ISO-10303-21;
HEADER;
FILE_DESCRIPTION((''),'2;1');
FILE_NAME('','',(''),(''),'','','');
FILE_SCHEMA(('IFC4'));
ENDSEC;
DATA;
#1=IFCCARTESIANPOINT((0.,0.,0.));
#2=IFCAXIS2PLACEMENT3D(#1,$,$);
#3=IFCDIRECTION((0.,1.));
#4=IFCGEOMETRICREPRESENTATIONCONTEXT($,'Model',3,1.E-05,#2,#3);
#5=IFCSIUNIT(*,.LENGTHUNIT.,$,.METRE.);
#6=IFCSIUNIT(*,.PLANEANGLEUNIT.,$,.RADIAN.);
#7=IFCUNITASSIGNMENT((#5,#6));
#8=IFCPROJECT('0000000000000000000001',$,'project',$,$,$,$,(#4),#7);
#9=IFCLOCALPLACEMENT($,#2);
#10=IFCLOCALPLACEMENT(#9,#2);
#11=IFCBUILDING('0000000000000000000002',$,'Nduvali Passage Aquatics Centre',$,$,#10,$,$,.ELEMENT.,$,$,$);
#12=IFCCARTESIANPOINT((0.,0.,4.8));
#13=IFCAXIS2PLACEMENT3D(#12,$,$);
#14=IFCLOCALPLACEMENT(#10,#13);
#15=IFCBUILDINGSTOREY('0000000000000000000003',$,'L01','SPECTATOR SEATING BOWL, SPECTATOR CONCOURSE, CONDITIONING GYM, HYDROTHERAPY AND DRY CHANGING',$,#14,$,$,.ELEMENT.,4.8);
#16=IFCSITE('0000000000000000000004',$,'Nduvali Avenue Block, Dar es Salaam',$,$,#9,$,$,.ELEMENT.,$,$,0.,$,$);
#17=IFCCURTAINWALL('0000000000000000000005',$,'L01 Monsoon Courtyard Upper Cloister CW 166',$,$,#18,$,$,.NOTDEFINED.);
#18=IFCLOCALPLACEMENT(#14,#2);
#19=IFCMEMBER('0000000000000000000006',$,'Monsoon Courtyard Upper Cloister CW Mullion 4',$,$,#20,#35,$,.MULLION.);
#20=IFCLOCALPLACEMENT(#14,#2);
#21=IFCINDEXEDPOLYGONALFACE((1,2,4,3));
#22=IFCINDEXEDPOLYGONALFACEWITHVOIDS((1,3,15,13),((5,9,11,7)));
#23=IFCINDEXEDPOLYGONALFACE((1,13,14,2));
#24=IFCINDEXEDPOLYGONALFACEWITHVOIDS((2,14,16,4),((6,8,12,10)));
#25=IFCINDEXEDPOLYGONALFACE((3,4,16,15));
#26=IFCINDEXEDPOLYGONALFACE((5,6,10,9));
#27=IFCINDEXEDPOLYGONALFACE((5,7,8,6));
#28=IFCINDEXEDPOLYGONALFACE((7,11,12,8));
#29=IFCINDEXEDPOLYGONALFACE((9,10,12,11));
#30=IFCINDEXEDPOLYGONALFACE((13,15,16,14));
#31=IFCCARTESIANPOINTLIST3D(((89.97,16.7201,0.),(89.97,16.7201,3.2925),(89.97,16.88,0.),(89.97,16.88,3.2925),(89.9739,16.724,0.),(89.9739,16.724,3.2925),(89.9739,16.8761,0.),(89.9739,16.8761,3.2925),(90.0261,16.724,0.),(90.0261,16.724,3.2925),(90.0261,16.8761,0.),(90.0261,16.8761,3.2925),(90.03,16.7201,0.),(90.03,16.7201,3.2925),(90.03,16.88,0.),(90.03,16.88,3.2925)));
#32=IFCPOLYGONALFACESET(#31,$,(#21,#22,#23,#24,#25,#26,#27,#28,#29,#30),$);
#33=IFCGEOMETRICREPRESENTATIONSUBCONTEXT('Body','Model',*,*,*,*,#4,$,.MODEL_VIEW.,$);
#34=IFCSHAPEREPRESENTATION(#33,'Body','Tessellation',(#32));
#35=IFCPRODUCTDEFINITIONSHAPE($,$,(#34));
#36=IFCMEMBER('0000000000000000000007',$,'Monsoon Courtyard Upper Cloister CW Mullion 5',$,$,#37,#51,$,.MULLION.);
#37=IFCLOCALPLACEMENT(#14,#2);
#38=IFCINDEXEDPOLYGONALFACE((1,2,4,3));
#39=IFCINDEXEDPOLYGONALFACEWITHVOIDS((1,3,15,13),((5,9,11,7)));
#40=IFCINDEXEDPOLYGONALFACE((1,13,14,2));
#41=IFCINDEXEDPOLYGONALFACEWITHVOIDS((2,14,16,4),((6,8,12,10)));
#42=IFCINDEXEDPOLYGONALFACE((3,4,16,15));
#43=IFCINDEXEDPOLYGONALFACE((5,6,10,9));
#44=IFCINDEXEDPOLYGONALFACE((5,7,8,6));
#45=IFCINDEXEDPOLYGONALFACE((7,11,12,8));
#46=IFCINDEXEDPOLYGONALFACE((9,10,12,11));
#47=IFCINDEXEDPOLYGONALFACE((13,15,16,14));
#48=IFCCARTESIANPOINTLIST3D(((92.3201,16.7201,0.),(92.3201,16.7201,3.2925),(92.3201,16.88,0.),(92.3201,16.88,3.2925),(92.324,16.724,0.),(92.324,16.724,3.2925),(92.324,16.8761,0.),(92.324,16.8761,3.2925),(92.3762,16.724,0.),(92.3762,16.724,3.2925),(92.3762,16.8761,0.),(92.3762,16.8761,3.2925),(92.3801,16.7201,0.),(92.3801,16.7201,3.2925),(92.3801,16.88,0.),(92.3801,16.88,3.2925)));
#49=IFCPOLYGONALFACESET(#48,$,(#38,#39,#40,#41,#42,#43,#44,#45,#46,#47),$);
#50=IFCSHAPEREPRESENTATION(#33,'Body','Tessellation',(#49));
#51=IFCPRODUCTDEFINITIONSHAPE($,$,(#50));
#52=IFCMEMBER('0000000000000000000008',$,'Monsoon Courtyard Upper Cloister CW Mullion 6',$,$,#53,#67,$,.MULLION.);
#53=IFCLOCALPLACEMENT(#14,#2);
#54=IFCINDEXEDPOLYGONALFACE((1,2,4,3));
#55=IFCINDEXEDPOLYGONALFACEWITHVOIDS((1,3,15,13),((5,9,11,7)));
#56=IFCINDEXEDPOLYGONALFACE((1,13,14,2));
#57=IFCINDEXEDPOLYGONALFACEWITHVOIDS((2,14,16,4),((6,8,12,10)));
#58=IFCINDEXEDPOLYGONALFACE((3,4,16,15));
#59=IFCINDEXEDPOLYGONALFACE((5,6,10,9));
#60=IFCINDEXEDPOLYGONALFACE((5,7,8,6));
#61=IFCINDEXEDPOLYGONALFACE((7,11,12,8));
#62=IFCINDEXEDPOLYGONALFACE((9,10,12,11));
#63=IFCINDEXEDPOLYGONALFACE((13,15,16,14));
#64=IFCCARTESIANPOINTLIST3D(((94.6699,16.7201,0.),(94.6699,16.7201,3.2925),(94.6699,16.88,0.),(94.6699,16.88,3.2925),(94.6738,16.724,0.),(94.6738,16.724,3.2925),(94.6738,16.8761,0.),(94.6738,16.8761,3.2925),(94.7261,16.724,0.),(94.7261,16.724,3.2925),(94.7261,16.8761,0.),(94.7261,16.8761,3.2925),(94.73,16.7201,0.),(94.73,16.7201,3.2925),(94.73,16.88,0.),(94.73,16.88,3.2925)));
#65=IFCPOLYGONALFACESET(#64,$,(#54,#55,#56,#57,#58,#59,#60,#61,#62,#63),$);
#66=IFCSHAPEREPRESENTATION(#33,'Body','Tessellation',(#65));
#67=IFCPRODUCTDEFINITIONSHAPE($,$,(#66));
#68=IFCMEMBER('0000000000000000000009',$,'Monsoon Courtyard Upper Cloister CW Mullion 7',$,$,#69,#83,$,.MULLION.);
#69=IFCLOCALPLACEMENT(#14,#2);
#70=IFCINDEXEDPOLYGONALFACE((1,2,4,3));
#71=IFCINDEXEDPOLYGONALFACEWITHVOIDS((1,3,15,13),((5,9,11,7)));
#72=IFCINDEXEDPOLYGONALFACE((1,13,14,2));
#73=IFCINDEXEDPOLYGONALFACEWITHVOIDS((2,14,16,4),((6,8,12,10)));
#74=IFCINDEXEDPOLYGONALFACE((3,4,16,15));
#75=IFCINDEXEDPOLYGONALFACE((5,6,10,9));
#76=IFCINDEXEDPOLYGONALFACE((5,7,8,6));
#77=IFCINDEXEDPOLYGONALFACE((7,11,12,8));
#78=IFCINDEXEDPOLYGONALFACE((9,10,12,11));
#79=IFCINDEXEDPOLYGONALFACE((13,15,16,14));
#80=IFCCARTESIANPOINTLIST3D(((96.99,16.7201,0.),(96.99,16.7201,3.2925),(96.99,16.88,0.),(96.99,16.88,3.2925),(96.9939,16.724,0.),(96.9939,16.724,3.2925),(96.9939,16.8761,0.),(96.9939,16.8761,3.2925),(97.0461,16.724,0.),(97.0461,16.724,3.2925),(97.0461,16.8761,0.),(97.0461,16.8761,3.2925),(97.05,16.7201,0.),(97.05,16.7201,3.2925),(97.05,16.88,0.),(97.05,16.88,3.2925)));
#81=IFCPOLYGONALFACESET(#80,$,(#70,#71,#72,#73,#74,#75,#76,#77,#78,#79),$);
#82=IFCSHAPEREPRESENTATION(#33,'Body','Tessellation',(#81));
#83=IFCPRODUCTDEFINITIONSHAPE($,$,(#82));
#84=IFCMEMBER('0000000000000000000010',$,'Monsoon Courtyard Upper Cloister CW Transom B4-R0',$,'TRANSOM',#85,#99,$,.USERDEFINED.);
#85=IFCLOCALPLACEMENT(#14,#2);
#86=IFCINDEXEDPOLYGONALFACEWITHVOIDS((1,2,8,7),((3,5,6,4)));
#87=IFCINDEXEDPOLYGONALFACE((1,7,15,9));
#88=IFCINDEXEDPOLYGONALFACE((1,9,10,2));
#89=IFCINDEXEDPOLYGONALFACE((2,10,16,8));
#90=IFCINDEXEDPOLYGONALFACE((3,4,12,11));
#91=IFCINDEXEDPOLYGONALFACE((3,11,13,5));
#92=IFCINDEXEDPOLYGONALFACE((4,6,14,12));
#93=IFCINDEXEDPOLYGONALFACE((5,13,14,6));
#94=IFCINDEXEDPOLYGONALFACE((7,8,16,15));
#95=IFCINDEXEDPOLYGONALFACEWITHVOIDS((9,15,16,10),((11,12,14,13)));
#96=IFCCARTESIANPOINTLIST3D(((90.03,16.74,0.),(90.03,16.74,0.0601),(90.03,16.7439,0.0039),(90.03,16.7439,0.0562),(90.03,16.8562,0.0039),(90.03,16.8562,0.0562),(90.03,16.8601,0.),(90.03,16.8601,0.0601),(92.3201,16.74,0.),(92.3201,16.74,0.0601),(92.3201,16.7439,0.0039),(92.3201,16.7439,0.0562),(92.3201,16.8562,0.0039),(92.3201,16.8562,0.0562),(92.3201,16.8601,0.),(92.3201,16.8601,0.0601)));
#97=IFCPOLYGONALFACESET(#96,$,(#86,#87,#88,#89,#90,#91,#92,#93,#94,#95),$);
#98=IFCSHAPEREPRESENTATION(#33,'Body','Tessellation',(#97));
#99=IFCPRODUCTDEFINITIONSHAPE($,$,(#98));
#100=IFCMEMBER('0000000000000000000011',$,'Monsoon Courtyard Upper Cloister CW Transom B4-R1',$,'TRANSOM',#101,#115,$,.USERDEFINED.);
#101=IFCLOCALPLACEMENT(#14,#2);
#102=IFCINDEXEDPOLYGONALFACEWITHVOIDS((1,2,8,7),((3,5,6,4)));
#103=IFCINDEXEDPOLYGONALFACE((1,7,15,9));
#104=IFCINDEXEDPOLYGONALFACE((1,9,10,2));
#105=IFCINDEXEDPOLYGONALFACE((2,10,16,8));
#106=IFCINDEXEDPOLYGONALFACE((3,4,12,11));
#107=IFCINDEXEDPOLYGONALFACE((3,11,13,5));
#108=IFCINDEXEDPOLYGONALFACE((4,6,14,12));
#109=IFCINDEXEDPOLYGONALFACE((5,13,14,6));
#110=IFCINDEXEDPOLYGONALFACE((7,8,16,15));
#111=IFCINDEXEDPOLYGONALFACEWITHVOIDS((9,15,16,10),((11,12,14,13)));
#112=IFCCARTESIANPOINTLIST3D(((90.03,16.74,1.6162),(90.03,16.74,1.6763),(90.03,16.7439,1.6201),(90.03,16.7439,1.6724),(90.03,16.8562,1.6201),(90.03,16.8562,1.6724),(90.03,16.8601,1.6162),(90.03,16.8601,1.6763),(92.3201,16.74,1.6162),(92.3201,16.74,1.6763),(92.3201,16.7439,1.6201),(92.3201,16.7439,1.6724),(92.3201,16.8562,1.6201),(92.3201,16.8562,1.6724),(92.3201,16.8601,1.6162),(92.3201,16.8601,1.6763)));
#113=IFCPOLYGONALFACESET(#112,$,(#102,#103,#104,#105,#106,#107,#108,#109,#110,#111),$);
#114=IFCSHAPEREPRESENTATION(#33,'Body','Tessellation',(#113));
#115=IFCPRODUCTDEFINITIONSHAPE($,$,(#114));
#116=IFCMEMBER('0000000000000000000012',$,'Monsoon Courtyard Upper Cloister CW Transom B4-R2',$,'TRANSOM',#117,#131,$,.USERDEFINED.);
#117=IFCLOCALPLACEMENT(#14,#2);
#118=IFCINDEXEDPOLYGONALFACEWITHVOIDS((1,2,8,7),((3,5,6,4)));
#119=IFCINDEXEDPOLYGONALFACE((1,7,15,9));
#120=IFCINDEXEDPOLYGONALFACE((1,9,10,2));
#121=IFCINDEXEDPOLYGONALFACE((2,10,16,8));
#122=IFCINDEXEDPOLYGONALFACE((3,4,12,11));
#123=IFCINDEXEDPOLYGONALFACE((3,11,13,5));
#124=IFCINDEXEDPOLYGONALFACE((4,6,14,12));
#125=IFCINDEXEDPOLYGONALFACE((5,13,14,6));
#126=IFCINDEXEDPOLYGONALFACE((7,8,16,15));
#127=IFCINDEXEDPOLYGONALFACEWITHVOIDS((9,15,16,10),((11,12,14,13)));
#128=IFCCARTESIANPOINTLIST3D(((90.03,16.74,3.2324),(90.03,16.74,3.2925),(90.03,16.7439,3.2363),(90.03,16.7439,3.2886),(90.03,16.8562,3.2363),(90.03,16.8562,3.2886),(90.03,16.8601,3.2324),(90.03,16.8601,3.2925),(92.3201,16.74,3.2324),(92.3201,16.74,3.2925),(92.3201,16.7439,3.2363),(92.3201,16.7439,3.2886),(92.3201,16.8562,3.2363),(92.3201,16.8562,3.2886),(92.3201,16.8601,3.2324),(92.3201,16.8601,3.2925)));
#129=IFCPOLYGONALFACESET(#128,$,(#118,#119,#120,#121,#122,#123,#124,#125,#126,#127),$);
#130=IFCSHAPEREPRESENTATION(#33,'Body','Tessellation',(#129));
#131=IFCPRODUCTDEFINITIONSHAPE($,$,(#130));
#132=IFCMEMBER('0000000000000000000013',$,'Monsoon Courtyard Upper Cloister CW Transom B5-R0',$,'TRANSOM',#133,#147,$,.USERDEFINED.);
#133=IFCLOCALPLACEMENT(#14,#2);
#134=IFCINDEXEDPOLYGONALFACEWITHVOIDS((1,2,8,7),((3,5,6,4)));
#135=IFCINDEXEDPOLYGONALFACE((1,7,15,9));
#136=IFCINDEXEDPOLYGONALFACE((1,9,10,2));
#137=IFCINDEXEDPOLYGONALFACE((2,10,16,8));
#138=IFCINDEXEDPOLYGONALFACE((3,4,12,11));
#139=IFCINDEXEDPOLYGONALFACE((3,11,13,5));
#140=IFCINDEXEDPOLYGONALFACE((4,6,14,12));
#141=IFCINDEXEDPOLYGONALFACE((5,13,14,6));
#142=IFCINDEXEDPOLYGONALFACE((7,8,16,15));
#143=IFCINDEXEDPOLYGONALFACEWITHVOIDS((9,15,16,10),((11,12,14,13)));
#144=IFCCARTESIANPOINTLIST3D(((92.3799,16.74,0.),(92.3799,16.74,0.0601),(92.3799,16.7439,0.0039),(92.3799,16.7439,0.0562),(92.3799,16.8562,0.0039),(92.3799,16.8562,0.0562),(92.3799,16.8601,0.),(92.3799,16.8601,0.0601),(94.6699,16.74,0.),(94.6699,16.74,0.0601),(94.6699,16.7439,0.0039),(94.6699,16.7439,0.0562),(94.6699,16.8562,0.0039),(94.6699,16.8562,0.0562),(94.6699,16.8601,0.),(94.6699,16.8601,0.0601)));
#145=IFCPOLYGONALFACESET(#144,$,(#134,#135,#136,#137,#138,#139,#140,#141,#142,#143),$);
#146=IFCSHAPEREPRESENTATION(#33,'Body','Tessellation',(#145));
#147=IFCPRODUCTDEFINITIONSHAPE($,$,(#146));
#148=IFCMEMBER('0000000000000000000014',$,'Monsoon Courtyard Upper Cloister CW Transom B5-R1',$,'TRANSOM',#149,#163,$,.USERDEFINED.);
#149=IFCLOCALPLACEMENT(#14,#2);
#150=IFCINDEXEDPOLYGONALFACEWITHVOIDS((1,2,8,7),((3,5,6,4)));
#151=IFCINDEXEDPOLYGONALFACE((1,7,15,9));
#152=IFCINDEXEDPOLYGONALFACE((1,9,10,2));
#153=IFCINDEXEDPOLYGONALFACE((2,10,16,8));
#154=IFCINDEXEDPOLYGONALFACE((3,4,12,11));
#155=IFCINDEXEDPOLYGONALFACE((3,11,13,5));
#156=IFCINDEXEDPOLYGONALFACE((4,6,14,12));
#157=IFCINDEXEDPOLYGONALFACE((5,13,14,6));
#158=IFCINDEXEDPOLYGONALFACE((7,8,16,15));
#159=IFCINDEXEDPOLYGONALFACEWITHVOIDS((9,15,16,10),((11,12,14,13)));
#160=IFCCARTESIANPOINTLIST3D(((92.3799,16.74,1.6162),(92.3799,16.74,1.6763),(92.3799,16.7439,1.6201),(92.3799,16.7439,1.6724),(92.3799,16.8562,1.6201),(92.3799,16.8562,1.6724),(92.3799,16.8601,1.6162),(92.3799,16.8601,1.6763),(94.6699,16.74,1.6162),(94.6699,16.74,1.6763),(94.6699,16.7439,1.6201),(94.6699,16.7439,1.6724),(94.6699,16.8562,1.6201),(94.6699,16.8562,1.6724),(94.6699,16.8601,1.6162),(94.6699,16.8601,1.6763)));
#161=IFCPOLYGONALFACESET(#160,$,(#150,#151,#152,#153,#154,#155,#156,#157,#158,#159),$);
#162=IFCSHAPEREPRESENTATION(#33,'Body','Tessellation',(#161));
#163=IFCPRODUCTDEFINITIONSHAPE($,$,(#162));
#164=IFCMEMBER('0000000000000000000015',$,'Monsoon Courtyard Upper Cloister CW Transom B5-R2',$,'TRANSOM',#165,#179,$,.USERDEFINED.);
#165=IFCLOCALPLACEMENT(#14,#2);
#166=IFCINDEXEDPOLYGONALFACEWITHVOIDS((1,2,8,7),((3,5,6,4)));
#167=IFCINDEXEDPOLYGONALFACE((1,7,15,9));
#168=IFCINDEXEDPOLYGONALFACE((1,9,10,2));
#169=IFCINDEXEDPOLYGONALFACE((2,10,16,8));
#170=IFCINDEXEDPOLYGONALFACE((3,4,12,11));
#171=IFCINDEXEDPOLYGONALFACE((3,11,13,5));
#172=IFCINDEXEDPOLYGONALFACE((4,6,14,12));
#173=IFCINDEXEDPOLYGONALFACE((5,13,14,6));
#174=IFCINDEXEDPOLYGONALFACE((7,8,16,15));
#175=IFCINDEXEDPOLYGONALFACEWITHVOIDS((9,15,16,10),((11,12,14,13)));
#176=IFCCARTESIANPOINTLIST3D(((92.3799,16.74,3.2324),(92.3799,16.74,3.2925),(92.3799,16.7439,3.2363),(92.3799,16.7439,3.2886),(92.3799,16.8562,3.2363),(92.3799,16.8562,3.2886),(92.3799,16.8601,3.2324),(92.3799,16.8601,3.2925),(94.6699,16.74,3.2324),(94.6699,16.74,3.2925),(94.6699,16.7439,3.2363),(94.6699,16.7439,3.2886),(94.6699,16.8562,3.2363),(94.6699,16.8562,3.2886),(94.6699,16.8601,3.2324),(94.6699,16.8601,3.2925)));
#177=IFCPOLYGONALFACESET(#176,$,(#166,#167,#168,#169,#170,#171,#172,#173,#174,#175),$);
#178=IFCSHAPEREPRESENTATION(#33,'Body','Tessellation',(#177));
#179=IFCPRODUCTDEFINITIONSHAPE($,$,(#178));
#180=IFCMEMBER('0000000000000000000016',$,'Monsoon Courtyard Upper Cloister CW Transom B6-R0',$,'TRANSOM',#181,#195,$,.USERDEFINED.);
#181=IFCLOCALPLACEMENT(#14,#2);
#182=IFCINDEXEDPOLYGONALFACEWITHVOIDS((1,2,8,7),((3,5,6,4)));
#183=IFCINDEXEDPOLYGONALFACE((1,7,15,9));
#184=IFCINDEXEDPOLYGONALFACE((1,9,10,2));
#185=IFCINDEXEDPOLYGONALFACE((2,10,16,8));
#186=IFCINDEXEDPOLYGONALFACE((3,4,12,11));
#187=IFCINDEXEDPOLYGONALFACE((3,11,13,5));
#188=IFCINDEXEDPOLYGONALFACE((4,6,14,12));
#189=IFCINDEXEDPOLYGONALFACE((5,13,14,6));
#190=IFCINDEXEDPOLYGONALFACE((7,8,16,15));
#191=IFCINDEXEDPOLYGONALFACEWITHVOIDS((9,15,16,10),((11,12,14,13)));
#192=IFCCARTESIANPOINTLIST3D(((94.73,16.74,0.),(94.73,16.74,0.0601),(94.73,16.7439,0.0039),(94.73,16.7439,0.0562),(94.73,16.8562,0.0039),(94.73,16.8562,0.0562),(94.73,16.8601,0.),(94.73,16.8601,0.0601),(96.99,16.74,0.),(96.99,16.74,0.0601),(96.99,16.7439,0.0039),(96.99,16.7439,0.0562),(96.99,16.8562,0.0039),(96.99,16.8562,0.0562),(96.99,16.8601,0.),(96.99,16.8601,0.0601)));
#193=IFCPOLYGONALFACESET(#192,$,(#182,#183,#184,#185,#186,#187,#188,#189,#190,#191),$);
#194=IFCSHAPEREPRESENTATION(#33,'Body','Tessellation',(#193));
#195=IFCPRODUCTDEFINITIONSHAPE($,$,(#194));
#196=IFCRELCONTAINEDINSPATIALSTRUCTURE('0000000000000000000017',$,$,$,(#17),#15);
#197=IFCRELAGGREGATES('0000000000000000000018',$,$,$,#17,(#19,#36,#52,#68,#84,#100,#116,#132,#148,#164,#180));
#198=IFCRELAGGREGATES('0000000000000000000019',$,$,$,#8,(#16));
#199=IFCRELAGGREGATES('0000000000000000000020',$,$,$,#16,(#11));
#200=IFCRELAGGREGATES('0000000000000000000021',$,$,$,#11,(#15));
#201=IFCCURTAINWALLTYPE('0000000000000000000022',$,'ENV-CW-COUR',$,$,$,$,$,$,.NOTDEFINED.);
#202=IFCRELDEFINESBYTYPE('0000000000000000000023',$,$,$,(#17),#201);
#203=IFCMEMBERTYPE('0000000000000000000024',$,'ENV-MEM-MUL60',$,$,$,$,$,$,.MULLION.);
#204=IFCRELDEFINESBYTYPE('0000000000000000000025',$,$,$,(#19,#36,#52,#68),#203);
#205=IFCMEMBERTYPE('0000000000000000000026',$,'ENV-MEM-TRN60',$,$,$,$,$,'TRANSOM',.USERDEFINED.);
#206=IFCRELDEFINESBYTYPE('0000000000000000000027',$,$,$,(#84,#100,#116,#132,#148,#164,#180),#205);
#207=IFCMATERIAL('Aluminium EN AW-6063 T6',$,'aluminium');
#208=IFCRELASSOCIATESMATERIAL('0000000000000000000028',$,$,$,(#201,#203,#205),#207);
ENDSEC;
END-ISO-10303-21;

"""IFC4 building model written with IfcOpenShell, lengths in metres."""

from ifc_helpers import new_model, si_unit, direction, frame, origin, origin_2d, place, context, subcontext, project, spatial, hollow_rectangle, extrude, material, material_profile, profile_set, type_object, element, aggregate, save


model = new_model("IFC4")

# Units and contexts
model_context = context("Model", 3, precision=1e-05, world=origin(), true_north=direction((0.0, 1.0)))
body_context = subcontext(model_context, "Body", "Model", "MODEL_VIEW")
ifc_project = project(units=[si_unit("LENGTHUNIT", "METRE"), si_unit("PLANEANGLEUNIT", "RADIAN")], contexts=[model_context])

# Site, building, storey
site_placement = place(None, origin())
site = spatial("IfcSite", under=ifc_project, at=site_placement, Name="Nduvali Avenue Block, Dar es Salaam", CompositionType="ELEMENT", RefElevation=0.0)
building_placement = place(site_placement, origin())
building = spatial("IfcBuilding", under=site, at=building_placement, Name="Nduvali Passage Aquatics Centre", CompositionType="ELEMENT")
storey_placement = place(building_placement, frame((0.0, 0.0, 4.8)))
storey = spatial("IfcBuildingStorey", under=building, at=storey_placement, Name="L01", Description="SPECTATOR SEATING BOWL, SPECTATOR CONCOURSE, CONDITIONING GYM, HYDROTHERAPY AND DRY CHANGING", CompositionType="ELEMENT", Elevation=4.8)

# Curtain wall, members
ifc_material_1 = material(Name="Aluminium EN AW-6063 T6", Category="aluminium")
curtain_wall_type = type_object("IfcCurtainWallType", Name="ENV-CW-COUR", PredefinedType="NOTDEFINED", material=ifc_material_1)
curtain_wall_placement = place(storey_placement, origin())
curtain_wall = element("IfcCurtainWall", 1, at=curtain_wall_placement, inside=storey, type_object=curtain_wall_type, Name="L01 Monsoon Courtyard Upper Cloister CW 166", PredefinedType="NOTDEFINED")
ifc_material_profile_1 = material_profile(ifc_material_1, hollow_rectangle(XDim=0.0601, YDim=0.1599, WallThickness=0.0039, at=origin_2d()), Name="ALU MULLION 60x160x4")
ifc_profile_set_1 = profile_set([ifc_material_profile_1], Name="Aluminium EN AW-6063 T6")
member_type_1 = type_object("IfcMemberType", Name="ENV-MEM-MUL60", PredefinedType="MULLION", material=ifc_profile_set_1)
member_1_placement = place(storey_placement, frame((90.0, 16.8, 0.0), z_axis=(0.0, 0.0, 1.0), x_axis=(1.0, 0.0, 0.0)))
member_1 = element("IfcMember", 2, at=member_1_placement, type_object=member_type_1, Name="Monsoon Courtyard Upper Cloister CW Mullion 4", PredefinedType="MULLION", context=body_context, shape_type="SweptSolid", body=[
    extrude(hollow_rectangle(XDim=0.0601, YDim=0.1599, WallThickness=0.0039, at=origin_2d()), origin(), (0.0, 0.0, 1.0), 3.2925),
])
member_2_placement = place(storey_placement, frame((92.3501, 16.8, 0.0), z_axis=(0.0, 0.0, 1.0), x_axis=(1.0, 0.0, 0.0)))
member_2 = element("IfcMember", 3, at=member_2_placement, type_object=member_type_1, Name="Monsoon Courtyard Upper Cloister CW Mullion 5", PredefinedType="MULLION", context=body_context, shape_type="SweptSolid", body=[
    extrude(hollow_rectangle(XDim=0.0601, YDim=0.1599, WallThickness=0.0039, at=origin_2d()), origin(), (0.0, 0.0, 1.0), 3.2925),
])
member_3_placement = place(storey_placement, frame((94.7, 16.8, 0.0), z_axis=(0.0, 0.0, 1.0), x_axis=(1.0, 0.0, 0.0)))
member_3 = element("IfcMember", 4, at=member_3_placement, type_object=member_type_1, Name="Monsoon Courtyard Upper Cloister CW Mullion 6", PredefinedType="MULLION", context=body_context, shape_type="SweptSolid", body=[
    extrude(hollow_rectangle(XDim=0.0601, YDim=0.1599, WallThickness=0.0039, at=origin_2d()), origin(), (0.0, 0.0, 1.0), 3.2925),
])
member_4_placement = place(storey_placement, frame((97.02, 16.8, 0.0), z_axis=(0.0, 0.0, 1.0), x_axis=(1.0, 0.0, 0.0)))
member_4 = element("IfcMember", 5, at=member_4_placement, type_object=member_type_1, Name="Monsoon Courtyard Upper Cloister CW Mullion 7", PredefinedType="MULLION", context=body_context, shape_type="SweptSolid", body=[
    extrude(hollow_rectangle(XDim=0.0601, YDim=0.1599, WallThickness=0.0039, at=origin_2d()), origin(), (0.0, 0.0, 1.0), 3.2925),
])
ifc_material_profile_2 = material_profile(ifc_material_1, hollow_rectangle(XDim=0.1201, YDim=0.0601, WallThickness=0.0039, at=origin_2d()), Name="ALU TRANSOM 120x60x4")
ifc_profile_set_2 = profile_set([ifc_material_profile_2], Name="Aluminium EN AW-6063 T6")
member_type_2 = type_object("IfcMemberType", Name="ENV-MEM-TRN60", ElementType="TRANSOM", PredefinedType="USERDEFINED", material=ifc_profile_set_2)
member_5_placement = place(storey_placement, frame((90.03, 16.8, 0.03), z_axis=(1.0, 0.0, 0.0), x_axis=(0.0, 1.0, 0.0)))
member_5 = element("IfcMember", 6, at=member_5_placement, type_object=member_type_2, Name="Monsoon Courtyard Upper Cloister CW Transom B4-R0", ObjectType="TRANSOM", PredefinedType="USERDEFINED", context=body_context, shape_type="SweptSolid", body=[
    extrude(hollow_rectangle(XDim=0.1201, YDim=0.0601, WallThickness=0.0039, at=origin_2d()), origin(), (0.0, 0.0, 1.0), 2.29),
])
member_6_placement = place(storey_placement, frame((90.03, 16.8, 1.6462), z_axis=(1.0, 0.0, 0.0), x_axis=(0.0, 1.0, 0.0)))
member_6 = element("IfcMember", 7, at=member_6_placement, type_object=member_type_2, Name="Monsoon Courtyard Upper Cloister CW Transom B4-R1", ObjectType="TRANSOM", PredefinedType="USERDEFINED", context=body_context, shape_type="SweptSolid", body=[
    extrude(hollow_rectangle(XDim=0.1201, YDim=0.0601, WallThickness=0.0039, at=origin_2d()), origin(), (0.0, 0.0, 1.0), 2.29),
])
member_7_placement = place(storey_placement, frame((90.03, 16.8, 3.2625), z_axis=(1.0, 0.0, 0.0), x_axis=(0.0, 1.0, 0.0)))
member_7 = element("IfcMember", 8, at=member_7_placement, type_object=member_type_2, Name="Monsoon Courtyard Upper Cloister CW Transom B4-R2", ObjectType="TRANSOM", PredefinedType="USERDEFINED", context=body_context, shape_type="SweptSolid", body=[
    extrude(hollow_rectangle(XDim=0.1201, YDim=0.0601, WallThickness=0.0039, at=origin_2d()), origin(), (0.0, 0.0, 1.0), 2.29),
])
member_8_placement = place(storey_placement, frame((92.3799, 16.8, 0.03), z_axis=(1.0, 0.0, 0.0), x_axis=(0.0, 1.0, 0.0)))
member_8 = element("IfcMember", 9, at=member_8_placement, type_object=member_type_2, Name="Monsoon Courtyard Upper Cloister CW Transom B5-R0", ObjectType="TRANSOM", PredefinedType="USERDEFINED", context=body_context, shape_type="SweptSolid", body=[
    extrude(hollow_rectangle(XDim=0.1201, YDim=0.0601, WallThickness=0.0039, at=origin_2d()), origin(), (0.0, 0.0, 1.0), 2.29),
])
member_9_placement = place(storey_placement, frame((92.3799, 16.8, 1.6462), z_axis=(1.0, 0.0, 0.0), x_axis=(0.0, 1.0, 0.0)))
member_9 = element("IfcMember", 10, at=member_9_placement, type_object=member_type_2, Name="Monsoon Courtyard Upper Cloister CW Transom B5-R1", ObjectType="TRANSOM", PredefinedType="USERDEFINED", context=body_context, shape_type="SweptSolid", body=[
    extrude(hollow_rectangle(XDim=0.1201, YDim=0.0601, WallThickness=0.0039, at=origin_2d()), origin(), (0.0, 0.0, 1.0), 2.29),
])
member_10_placement = place(storey_placement, frame((92.3799, 16.8, 3.2625), z_axis=(1.0, 0.0, 0.0), x_axis=(0.0, 1.0, 0.0)))
member_10 = element("IfcMember", 11, at=member_10_placement, type_object=member_type_2, Name="Monsoon Courtyard Upper Cloister CW Transom B5-R2", ObjectType="TRANSOM", PredefinedType="USERDEFINED", context=body_context, shape_type="SweptSolid", body=[
    extrude(hollow_rectangle(XDim=0.1201, YDim=0.0601, WallThickness=0.0039, at=origin_2d()), origin(), (0.0, 0.0, 1.0), 2.29),
])
member_11_placement = place(storey_placement, frame((94.73, 16.8, 0.03), z_axis=(1.0, 0.0, 0.0), x_axis=(0.0, 1.0, 0.0)))
member_11 = element("IfcMember", 12, at=member_11_placement, type_object=member_type_2, Name="Monsoon Courtyard Upper Cloister CW Transom B6-R0", ObjectType="TRANSOM", PredefinedType="USERDEFINED", context=body_context, shape_type="SweptSolid", body=[
    extrude(hollow_rectangle(XDim=0.1201, YDim=0.0601, WallThickness=0.0039, at=origin_2d()), origin(), (0.0, 0.0, 1.0), 2.26),
])

aggregate(curtain_wall, [member_1, member_2, member_3, member_4, member_5, member_6, member_7, member_8, member_9, member_10, member_11])

save(model, "model.ifc")
